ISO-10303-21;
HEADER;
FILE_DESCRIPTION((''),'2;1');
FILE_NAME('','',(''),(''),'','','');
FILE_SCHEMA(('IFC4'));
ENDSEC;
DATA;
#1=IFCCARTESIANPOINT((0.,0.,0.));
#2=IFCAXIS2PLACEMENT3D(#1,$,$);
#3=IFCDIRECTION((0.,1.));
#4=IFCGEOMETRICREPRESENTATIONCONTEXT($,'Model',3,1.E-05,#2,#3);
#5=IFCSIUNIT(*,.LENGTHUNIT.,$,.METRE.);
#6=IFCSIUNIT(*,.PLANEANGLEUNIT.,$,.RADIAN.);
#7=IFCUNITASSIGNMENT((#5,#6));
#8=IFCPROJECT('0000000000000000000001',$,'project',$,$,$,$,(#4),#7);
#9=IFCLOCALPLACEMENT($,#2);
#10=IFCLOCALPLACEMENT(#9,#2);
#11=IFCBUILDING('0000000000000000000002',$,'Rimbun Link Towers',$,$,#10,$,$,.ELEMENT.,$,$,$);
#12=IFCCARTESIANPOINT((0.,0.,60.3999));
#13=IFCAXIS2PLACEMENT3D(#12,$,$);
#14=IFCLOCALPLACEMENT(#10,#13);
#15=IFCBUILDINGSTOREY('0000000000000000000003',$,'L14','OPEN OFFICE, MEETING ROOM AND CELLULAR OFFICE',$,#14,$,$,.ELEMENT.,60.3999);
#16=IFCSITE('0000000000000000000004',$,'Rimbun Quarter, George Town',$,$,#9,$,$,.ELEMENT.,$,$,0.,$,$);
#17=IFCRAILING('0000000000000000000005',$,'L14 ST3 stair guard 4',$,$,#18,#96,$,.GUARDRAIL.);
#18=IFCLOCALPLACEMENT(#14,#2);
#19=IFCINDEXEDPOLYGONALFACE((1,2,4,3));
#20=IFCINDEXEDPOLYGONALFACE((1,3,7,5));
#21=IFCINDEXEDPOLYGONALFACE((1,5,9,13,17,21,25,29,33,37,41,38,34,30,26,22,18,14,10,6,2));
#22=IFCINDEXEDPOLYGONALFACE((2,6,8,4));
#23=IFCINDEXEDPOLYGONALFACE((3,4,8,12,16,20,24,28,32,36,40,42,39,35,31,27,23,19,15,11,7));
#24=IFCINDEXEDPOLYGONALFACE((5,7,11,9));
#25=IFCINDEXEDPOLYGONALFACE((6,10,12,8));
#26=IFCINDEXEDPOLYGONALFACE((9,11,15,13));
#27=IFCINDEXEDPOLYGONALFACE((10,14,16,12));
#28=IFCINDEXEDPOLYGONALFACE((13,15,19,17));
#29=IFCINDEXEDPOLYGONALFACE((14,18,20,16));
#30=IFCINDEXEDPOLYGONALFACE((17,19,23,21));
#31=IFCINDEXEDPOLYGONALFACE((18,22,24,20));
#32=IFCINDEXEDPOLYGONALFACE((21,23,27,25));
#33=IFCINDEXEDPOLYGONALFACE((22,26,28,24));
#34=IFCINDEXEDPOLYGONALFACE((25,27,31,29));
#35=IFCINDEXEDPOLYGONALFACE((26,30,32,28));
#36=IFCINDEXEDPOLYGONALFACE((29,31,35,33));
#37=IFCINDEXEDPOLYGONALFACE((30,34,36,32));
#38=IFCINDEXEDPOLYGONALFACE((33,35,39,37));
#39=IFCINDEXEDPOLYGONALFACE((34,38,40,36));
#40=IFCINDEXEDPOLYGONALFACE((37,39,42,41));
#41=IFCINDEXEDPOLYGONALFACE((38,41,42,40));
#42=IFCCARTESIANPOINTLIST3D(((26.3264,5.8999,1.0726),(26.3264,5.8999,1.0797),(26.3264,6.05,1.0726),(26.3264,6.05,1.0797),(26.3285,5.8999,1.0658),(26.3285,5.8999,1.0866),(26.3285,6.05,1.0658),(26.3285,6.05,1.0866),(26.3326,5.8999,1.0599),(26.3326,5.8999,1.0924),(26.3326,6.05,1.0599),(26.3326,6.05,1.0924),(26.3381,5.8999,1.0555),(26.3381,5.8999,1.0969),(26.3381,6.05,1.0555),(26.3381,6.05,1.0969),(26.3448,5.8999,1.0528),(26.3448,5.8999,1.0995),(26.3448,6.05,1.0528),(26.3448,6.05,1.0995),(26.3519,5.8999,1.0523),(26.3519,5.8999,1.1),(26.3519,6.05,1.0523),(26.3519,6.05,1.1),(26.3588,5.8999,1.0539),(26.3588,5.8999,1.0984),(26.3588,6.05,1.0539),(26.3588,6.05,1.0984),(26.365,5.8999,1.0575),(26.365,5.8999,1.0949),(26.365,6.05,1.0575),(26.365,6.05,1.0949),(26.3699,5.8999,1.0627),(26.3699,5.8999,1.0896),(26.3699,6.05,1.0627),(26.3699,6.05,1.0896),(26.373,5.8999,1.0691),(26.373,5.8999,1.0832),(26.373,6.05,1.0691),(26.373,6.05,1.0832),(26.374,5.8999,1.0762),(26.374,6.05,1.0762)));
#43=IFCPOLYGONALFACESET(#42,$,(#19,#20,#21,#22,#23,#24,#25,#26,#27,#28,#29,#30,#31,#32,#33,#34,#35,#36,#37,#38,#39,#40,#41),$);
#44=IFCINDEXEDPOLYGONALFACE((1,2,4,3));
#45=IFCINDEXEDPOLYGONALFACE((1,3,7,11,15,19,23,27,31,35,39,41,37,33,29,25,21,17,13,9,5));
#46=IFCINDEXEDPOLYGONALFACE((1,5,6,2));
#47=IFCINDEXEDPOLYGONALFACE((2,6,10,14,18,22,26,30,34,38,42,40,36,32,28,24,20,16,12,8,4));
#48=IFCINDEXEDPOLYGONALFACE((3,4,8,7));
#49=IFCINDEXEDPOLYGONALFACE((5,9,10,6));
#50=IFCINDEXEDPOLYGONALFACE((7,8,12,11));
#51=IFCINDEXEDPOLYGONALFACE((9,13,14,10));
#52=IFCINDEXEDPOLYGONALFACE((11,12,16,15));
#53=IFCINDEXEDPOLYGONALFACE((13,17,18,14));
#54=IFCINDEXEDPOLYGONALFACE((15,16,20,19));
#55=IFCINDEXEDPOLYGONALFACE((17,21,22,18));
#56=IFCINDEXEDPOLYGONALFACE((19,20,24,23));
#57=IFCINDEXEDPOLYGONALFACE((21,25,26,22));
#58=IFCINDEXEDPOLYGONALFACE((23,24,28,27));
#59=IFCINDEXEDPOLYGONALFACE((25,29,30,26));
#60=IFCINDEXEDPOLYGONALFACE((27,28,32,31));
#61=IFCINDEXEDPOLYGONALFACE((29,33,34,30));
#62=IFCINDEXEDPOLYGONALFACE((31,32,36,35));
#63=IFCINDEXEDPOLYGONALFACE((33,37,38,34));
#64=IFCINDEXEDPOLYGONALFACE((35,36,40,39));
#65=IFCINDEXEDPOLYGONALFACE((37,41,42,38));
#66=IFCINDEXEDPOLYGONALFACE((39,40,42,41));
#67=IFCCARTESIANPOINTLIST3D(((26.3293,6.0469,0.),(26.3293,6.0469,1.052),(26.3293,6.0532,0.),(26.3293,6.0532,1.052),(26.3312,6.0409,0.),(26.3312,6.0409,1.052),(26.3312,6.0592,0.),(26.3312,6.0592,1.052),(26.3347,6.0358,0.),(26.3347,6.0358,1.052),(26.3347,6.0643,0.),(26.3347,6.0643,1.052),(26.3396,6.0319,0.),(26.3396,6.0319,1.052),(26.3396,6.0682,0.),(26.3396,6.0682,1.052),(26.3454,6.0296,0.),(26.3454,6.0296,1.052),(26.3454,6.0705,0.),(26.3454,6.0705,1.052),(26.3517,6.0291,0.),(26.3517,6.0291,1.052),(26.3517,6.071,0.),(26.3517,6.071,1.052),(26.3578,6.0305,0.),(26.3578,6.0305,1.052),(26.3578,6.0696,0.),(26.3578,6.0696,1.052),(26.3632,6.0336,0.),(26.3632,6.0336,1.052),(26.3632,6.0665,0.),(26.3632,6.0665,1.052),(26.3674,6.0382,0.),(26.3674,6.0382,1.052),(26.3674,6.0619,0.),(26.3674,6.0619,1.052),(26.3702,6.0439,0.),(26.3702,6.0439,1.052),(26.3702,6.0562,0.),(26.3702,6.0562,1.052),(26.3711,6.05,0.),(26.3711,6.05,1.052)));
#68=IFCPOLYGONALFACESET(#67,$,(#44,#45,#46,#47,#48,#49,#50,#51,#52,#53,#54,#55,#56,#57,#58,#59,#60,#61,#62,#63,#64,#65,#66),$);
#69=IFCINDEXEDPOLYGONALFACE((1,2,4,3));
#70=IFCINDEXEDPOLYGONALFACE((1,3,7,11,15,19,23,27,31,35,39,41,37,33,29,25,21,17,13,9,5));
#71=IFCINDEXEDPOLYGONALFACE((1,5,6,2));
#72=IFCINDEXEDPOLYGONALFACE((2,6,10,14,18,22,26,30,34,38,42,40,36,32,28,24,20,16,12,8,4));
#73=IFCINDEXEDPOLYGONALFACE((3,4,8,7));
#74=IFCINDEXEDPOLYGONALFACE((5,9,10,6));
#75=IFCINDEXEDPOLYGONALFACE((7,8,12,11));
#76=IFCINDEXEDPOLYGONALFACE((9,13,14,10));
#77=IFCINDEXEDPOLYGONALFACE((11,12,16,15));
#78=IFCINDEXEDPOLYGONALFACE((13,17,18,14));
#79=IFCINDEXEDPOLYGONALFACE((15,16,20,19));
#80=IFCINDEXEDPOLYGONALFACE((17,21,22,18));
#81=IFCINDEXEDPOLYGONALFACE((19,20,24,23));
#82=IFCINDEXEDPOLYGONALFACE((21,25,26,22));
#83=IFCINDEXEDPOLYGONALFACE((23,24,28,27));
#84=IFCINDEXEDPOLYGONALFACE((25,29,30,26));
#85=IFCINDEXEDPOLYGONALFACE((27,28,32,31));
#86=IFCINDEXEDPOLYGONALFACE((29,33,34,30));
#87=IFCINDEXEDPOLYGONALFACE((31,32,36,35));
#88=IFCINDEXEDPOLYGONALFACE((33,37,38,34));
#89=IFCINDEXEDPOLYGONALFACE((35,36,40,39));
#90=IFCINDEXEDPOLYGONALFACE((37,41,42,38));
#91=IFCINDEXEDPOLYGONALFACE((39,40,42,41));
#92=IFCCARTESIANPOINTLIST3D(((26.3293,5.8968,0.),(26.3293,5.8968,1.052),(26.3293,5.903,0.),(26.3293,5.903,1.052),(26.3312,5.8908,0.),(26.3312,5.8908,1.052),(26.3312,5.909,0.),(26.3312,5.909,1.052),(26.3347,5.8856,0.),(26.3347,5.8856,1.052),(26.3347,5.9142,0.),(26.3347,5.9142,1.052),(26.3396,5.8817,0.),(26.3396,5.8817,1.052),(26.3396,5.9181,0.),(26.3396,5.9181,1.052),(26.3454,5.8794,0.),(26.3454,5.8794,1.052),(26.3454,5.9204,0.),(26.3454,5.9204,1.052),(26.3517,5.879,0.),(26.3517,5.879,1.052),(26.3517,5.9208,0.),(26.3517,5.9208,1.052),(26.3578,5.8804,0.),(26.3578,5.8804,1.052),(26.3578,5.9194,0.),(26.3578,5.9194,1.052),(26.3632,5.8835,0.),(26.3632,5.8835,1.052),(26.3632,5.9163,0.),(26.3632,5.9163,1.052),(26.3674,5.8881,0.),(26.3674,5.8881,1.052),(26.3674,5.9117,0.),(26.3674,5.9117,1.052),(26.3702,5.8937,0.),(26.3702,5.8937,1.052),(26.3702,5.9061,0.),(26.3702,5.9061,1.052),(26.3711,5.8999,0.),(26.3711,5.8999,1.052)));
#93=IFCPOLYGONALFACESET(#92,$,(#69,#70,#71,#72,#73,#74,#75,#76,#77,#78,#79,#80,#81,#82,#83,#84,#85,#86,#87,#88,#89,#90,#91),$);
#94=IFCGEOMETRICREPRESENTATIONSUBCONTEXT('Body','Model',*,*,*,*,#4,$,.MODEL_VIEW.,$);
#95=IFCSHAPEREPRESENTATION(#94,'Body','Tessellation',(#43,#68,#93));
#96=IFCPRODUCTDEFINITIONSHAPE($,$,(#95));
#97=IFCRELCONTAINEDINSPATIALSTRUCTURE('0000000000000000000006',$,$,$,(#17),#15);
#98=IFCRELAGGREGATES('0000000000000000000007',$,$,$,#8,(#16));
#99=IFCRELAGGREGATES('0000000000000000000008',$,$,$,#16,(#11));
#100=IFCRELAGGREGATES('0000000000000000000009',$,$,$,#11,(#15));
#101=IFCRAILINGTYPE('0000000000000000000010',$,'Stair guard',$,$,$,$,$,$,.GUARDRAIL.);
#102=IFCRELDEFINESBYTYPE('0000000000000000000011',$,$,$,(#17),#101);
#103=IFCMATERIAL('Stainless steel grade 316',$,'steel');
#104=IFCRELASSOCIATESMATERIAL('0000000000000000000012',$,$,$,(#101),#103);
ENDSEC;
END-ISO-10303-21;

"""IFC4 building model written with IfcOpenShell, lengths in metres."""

from ifc_helpers import new_model, si_unit, direction, frame, origin, origin_2d, place, context, subcontext, project, spatial, circle, extrude, material, type_object, element, save


model = new_model("IFC4")

# Units and contexts
model_context = context("Model", 3, precision=1e-05, world=origin(), true_north=direction((0.0, 1.0)))
body_context = subcontext(model_context, "Body", "Model", "MODEL_VIEW")
ifc_project = project(units=[si_unit("LENGTHUNIT", "METRE"), si_unit("PLANEANGLEUNIT", "RADIAN")], contexts=[model_context])

# Site, building, storey
site_placement = place(None, origin())
site = spatial("IfcSite", under=ifc_project, at=site_placement, Name="Rimbun Quarter, George Town", CompositionType="ELEMENT", RefElevation=0.0)
building_placement = place(site_placement, origin())
building = spatial("IfcBuilding", under=site, at=building_placement, Name="Rimbun Link Towers", CompositionType="ELEMENT")
storey_placement = place(building_placement, frame((0.0, 0.0, 60.3999)))
storey = spatial("IfcBuildingStorey", under=building, at=storey_placement, Name="L14", Description="OPEN OFFICE, MEETING ROOM AND CELLULAR OFFICE", CompositionType="ELEMENT", Elevation=60.3999)

# Railing
ifc_material_1 = material(Name="Stainless steel grade 316", Category="steel")
railing_type_1 = type_object("IfcRailingType", Name="Stair guard", PredefinedType="GUARDRAIL", material=ifc_material_1)
railing_1_placement = place(storey_placement, frame((26.3501, 6.05, 0.0)))
element("IfcRailing", 1, at=railing_1_placement, inside=storey, type_object=railing_type_1, Name="L14 ST3 stair guard 4", PredefinedType="GUARDRAIL", context=body_context, shape_type="SweptSolid", body=[
    extrude(circle(Radius=0.0239, at=origin_2d()), frame((0.0, 0.0, 1.0762), z_axis=(0.0, -1.0, 0.0), x_axis=(1.0, 0.0, 0.0)), (0.0, 0.0, 1.0), 0.1501),
    extrude(circle(Radius=0.021, at=origin_2d()), origin(), (0.0, 0.0, 1.0), 1.052),
    extrude(circle(Radius=0.021, at=origin_2d()), frame((0.0, -0.1501, 0.0)), (0.0, 0.0, 1.0), 1.052),
])

save(model, "model.ifc")
